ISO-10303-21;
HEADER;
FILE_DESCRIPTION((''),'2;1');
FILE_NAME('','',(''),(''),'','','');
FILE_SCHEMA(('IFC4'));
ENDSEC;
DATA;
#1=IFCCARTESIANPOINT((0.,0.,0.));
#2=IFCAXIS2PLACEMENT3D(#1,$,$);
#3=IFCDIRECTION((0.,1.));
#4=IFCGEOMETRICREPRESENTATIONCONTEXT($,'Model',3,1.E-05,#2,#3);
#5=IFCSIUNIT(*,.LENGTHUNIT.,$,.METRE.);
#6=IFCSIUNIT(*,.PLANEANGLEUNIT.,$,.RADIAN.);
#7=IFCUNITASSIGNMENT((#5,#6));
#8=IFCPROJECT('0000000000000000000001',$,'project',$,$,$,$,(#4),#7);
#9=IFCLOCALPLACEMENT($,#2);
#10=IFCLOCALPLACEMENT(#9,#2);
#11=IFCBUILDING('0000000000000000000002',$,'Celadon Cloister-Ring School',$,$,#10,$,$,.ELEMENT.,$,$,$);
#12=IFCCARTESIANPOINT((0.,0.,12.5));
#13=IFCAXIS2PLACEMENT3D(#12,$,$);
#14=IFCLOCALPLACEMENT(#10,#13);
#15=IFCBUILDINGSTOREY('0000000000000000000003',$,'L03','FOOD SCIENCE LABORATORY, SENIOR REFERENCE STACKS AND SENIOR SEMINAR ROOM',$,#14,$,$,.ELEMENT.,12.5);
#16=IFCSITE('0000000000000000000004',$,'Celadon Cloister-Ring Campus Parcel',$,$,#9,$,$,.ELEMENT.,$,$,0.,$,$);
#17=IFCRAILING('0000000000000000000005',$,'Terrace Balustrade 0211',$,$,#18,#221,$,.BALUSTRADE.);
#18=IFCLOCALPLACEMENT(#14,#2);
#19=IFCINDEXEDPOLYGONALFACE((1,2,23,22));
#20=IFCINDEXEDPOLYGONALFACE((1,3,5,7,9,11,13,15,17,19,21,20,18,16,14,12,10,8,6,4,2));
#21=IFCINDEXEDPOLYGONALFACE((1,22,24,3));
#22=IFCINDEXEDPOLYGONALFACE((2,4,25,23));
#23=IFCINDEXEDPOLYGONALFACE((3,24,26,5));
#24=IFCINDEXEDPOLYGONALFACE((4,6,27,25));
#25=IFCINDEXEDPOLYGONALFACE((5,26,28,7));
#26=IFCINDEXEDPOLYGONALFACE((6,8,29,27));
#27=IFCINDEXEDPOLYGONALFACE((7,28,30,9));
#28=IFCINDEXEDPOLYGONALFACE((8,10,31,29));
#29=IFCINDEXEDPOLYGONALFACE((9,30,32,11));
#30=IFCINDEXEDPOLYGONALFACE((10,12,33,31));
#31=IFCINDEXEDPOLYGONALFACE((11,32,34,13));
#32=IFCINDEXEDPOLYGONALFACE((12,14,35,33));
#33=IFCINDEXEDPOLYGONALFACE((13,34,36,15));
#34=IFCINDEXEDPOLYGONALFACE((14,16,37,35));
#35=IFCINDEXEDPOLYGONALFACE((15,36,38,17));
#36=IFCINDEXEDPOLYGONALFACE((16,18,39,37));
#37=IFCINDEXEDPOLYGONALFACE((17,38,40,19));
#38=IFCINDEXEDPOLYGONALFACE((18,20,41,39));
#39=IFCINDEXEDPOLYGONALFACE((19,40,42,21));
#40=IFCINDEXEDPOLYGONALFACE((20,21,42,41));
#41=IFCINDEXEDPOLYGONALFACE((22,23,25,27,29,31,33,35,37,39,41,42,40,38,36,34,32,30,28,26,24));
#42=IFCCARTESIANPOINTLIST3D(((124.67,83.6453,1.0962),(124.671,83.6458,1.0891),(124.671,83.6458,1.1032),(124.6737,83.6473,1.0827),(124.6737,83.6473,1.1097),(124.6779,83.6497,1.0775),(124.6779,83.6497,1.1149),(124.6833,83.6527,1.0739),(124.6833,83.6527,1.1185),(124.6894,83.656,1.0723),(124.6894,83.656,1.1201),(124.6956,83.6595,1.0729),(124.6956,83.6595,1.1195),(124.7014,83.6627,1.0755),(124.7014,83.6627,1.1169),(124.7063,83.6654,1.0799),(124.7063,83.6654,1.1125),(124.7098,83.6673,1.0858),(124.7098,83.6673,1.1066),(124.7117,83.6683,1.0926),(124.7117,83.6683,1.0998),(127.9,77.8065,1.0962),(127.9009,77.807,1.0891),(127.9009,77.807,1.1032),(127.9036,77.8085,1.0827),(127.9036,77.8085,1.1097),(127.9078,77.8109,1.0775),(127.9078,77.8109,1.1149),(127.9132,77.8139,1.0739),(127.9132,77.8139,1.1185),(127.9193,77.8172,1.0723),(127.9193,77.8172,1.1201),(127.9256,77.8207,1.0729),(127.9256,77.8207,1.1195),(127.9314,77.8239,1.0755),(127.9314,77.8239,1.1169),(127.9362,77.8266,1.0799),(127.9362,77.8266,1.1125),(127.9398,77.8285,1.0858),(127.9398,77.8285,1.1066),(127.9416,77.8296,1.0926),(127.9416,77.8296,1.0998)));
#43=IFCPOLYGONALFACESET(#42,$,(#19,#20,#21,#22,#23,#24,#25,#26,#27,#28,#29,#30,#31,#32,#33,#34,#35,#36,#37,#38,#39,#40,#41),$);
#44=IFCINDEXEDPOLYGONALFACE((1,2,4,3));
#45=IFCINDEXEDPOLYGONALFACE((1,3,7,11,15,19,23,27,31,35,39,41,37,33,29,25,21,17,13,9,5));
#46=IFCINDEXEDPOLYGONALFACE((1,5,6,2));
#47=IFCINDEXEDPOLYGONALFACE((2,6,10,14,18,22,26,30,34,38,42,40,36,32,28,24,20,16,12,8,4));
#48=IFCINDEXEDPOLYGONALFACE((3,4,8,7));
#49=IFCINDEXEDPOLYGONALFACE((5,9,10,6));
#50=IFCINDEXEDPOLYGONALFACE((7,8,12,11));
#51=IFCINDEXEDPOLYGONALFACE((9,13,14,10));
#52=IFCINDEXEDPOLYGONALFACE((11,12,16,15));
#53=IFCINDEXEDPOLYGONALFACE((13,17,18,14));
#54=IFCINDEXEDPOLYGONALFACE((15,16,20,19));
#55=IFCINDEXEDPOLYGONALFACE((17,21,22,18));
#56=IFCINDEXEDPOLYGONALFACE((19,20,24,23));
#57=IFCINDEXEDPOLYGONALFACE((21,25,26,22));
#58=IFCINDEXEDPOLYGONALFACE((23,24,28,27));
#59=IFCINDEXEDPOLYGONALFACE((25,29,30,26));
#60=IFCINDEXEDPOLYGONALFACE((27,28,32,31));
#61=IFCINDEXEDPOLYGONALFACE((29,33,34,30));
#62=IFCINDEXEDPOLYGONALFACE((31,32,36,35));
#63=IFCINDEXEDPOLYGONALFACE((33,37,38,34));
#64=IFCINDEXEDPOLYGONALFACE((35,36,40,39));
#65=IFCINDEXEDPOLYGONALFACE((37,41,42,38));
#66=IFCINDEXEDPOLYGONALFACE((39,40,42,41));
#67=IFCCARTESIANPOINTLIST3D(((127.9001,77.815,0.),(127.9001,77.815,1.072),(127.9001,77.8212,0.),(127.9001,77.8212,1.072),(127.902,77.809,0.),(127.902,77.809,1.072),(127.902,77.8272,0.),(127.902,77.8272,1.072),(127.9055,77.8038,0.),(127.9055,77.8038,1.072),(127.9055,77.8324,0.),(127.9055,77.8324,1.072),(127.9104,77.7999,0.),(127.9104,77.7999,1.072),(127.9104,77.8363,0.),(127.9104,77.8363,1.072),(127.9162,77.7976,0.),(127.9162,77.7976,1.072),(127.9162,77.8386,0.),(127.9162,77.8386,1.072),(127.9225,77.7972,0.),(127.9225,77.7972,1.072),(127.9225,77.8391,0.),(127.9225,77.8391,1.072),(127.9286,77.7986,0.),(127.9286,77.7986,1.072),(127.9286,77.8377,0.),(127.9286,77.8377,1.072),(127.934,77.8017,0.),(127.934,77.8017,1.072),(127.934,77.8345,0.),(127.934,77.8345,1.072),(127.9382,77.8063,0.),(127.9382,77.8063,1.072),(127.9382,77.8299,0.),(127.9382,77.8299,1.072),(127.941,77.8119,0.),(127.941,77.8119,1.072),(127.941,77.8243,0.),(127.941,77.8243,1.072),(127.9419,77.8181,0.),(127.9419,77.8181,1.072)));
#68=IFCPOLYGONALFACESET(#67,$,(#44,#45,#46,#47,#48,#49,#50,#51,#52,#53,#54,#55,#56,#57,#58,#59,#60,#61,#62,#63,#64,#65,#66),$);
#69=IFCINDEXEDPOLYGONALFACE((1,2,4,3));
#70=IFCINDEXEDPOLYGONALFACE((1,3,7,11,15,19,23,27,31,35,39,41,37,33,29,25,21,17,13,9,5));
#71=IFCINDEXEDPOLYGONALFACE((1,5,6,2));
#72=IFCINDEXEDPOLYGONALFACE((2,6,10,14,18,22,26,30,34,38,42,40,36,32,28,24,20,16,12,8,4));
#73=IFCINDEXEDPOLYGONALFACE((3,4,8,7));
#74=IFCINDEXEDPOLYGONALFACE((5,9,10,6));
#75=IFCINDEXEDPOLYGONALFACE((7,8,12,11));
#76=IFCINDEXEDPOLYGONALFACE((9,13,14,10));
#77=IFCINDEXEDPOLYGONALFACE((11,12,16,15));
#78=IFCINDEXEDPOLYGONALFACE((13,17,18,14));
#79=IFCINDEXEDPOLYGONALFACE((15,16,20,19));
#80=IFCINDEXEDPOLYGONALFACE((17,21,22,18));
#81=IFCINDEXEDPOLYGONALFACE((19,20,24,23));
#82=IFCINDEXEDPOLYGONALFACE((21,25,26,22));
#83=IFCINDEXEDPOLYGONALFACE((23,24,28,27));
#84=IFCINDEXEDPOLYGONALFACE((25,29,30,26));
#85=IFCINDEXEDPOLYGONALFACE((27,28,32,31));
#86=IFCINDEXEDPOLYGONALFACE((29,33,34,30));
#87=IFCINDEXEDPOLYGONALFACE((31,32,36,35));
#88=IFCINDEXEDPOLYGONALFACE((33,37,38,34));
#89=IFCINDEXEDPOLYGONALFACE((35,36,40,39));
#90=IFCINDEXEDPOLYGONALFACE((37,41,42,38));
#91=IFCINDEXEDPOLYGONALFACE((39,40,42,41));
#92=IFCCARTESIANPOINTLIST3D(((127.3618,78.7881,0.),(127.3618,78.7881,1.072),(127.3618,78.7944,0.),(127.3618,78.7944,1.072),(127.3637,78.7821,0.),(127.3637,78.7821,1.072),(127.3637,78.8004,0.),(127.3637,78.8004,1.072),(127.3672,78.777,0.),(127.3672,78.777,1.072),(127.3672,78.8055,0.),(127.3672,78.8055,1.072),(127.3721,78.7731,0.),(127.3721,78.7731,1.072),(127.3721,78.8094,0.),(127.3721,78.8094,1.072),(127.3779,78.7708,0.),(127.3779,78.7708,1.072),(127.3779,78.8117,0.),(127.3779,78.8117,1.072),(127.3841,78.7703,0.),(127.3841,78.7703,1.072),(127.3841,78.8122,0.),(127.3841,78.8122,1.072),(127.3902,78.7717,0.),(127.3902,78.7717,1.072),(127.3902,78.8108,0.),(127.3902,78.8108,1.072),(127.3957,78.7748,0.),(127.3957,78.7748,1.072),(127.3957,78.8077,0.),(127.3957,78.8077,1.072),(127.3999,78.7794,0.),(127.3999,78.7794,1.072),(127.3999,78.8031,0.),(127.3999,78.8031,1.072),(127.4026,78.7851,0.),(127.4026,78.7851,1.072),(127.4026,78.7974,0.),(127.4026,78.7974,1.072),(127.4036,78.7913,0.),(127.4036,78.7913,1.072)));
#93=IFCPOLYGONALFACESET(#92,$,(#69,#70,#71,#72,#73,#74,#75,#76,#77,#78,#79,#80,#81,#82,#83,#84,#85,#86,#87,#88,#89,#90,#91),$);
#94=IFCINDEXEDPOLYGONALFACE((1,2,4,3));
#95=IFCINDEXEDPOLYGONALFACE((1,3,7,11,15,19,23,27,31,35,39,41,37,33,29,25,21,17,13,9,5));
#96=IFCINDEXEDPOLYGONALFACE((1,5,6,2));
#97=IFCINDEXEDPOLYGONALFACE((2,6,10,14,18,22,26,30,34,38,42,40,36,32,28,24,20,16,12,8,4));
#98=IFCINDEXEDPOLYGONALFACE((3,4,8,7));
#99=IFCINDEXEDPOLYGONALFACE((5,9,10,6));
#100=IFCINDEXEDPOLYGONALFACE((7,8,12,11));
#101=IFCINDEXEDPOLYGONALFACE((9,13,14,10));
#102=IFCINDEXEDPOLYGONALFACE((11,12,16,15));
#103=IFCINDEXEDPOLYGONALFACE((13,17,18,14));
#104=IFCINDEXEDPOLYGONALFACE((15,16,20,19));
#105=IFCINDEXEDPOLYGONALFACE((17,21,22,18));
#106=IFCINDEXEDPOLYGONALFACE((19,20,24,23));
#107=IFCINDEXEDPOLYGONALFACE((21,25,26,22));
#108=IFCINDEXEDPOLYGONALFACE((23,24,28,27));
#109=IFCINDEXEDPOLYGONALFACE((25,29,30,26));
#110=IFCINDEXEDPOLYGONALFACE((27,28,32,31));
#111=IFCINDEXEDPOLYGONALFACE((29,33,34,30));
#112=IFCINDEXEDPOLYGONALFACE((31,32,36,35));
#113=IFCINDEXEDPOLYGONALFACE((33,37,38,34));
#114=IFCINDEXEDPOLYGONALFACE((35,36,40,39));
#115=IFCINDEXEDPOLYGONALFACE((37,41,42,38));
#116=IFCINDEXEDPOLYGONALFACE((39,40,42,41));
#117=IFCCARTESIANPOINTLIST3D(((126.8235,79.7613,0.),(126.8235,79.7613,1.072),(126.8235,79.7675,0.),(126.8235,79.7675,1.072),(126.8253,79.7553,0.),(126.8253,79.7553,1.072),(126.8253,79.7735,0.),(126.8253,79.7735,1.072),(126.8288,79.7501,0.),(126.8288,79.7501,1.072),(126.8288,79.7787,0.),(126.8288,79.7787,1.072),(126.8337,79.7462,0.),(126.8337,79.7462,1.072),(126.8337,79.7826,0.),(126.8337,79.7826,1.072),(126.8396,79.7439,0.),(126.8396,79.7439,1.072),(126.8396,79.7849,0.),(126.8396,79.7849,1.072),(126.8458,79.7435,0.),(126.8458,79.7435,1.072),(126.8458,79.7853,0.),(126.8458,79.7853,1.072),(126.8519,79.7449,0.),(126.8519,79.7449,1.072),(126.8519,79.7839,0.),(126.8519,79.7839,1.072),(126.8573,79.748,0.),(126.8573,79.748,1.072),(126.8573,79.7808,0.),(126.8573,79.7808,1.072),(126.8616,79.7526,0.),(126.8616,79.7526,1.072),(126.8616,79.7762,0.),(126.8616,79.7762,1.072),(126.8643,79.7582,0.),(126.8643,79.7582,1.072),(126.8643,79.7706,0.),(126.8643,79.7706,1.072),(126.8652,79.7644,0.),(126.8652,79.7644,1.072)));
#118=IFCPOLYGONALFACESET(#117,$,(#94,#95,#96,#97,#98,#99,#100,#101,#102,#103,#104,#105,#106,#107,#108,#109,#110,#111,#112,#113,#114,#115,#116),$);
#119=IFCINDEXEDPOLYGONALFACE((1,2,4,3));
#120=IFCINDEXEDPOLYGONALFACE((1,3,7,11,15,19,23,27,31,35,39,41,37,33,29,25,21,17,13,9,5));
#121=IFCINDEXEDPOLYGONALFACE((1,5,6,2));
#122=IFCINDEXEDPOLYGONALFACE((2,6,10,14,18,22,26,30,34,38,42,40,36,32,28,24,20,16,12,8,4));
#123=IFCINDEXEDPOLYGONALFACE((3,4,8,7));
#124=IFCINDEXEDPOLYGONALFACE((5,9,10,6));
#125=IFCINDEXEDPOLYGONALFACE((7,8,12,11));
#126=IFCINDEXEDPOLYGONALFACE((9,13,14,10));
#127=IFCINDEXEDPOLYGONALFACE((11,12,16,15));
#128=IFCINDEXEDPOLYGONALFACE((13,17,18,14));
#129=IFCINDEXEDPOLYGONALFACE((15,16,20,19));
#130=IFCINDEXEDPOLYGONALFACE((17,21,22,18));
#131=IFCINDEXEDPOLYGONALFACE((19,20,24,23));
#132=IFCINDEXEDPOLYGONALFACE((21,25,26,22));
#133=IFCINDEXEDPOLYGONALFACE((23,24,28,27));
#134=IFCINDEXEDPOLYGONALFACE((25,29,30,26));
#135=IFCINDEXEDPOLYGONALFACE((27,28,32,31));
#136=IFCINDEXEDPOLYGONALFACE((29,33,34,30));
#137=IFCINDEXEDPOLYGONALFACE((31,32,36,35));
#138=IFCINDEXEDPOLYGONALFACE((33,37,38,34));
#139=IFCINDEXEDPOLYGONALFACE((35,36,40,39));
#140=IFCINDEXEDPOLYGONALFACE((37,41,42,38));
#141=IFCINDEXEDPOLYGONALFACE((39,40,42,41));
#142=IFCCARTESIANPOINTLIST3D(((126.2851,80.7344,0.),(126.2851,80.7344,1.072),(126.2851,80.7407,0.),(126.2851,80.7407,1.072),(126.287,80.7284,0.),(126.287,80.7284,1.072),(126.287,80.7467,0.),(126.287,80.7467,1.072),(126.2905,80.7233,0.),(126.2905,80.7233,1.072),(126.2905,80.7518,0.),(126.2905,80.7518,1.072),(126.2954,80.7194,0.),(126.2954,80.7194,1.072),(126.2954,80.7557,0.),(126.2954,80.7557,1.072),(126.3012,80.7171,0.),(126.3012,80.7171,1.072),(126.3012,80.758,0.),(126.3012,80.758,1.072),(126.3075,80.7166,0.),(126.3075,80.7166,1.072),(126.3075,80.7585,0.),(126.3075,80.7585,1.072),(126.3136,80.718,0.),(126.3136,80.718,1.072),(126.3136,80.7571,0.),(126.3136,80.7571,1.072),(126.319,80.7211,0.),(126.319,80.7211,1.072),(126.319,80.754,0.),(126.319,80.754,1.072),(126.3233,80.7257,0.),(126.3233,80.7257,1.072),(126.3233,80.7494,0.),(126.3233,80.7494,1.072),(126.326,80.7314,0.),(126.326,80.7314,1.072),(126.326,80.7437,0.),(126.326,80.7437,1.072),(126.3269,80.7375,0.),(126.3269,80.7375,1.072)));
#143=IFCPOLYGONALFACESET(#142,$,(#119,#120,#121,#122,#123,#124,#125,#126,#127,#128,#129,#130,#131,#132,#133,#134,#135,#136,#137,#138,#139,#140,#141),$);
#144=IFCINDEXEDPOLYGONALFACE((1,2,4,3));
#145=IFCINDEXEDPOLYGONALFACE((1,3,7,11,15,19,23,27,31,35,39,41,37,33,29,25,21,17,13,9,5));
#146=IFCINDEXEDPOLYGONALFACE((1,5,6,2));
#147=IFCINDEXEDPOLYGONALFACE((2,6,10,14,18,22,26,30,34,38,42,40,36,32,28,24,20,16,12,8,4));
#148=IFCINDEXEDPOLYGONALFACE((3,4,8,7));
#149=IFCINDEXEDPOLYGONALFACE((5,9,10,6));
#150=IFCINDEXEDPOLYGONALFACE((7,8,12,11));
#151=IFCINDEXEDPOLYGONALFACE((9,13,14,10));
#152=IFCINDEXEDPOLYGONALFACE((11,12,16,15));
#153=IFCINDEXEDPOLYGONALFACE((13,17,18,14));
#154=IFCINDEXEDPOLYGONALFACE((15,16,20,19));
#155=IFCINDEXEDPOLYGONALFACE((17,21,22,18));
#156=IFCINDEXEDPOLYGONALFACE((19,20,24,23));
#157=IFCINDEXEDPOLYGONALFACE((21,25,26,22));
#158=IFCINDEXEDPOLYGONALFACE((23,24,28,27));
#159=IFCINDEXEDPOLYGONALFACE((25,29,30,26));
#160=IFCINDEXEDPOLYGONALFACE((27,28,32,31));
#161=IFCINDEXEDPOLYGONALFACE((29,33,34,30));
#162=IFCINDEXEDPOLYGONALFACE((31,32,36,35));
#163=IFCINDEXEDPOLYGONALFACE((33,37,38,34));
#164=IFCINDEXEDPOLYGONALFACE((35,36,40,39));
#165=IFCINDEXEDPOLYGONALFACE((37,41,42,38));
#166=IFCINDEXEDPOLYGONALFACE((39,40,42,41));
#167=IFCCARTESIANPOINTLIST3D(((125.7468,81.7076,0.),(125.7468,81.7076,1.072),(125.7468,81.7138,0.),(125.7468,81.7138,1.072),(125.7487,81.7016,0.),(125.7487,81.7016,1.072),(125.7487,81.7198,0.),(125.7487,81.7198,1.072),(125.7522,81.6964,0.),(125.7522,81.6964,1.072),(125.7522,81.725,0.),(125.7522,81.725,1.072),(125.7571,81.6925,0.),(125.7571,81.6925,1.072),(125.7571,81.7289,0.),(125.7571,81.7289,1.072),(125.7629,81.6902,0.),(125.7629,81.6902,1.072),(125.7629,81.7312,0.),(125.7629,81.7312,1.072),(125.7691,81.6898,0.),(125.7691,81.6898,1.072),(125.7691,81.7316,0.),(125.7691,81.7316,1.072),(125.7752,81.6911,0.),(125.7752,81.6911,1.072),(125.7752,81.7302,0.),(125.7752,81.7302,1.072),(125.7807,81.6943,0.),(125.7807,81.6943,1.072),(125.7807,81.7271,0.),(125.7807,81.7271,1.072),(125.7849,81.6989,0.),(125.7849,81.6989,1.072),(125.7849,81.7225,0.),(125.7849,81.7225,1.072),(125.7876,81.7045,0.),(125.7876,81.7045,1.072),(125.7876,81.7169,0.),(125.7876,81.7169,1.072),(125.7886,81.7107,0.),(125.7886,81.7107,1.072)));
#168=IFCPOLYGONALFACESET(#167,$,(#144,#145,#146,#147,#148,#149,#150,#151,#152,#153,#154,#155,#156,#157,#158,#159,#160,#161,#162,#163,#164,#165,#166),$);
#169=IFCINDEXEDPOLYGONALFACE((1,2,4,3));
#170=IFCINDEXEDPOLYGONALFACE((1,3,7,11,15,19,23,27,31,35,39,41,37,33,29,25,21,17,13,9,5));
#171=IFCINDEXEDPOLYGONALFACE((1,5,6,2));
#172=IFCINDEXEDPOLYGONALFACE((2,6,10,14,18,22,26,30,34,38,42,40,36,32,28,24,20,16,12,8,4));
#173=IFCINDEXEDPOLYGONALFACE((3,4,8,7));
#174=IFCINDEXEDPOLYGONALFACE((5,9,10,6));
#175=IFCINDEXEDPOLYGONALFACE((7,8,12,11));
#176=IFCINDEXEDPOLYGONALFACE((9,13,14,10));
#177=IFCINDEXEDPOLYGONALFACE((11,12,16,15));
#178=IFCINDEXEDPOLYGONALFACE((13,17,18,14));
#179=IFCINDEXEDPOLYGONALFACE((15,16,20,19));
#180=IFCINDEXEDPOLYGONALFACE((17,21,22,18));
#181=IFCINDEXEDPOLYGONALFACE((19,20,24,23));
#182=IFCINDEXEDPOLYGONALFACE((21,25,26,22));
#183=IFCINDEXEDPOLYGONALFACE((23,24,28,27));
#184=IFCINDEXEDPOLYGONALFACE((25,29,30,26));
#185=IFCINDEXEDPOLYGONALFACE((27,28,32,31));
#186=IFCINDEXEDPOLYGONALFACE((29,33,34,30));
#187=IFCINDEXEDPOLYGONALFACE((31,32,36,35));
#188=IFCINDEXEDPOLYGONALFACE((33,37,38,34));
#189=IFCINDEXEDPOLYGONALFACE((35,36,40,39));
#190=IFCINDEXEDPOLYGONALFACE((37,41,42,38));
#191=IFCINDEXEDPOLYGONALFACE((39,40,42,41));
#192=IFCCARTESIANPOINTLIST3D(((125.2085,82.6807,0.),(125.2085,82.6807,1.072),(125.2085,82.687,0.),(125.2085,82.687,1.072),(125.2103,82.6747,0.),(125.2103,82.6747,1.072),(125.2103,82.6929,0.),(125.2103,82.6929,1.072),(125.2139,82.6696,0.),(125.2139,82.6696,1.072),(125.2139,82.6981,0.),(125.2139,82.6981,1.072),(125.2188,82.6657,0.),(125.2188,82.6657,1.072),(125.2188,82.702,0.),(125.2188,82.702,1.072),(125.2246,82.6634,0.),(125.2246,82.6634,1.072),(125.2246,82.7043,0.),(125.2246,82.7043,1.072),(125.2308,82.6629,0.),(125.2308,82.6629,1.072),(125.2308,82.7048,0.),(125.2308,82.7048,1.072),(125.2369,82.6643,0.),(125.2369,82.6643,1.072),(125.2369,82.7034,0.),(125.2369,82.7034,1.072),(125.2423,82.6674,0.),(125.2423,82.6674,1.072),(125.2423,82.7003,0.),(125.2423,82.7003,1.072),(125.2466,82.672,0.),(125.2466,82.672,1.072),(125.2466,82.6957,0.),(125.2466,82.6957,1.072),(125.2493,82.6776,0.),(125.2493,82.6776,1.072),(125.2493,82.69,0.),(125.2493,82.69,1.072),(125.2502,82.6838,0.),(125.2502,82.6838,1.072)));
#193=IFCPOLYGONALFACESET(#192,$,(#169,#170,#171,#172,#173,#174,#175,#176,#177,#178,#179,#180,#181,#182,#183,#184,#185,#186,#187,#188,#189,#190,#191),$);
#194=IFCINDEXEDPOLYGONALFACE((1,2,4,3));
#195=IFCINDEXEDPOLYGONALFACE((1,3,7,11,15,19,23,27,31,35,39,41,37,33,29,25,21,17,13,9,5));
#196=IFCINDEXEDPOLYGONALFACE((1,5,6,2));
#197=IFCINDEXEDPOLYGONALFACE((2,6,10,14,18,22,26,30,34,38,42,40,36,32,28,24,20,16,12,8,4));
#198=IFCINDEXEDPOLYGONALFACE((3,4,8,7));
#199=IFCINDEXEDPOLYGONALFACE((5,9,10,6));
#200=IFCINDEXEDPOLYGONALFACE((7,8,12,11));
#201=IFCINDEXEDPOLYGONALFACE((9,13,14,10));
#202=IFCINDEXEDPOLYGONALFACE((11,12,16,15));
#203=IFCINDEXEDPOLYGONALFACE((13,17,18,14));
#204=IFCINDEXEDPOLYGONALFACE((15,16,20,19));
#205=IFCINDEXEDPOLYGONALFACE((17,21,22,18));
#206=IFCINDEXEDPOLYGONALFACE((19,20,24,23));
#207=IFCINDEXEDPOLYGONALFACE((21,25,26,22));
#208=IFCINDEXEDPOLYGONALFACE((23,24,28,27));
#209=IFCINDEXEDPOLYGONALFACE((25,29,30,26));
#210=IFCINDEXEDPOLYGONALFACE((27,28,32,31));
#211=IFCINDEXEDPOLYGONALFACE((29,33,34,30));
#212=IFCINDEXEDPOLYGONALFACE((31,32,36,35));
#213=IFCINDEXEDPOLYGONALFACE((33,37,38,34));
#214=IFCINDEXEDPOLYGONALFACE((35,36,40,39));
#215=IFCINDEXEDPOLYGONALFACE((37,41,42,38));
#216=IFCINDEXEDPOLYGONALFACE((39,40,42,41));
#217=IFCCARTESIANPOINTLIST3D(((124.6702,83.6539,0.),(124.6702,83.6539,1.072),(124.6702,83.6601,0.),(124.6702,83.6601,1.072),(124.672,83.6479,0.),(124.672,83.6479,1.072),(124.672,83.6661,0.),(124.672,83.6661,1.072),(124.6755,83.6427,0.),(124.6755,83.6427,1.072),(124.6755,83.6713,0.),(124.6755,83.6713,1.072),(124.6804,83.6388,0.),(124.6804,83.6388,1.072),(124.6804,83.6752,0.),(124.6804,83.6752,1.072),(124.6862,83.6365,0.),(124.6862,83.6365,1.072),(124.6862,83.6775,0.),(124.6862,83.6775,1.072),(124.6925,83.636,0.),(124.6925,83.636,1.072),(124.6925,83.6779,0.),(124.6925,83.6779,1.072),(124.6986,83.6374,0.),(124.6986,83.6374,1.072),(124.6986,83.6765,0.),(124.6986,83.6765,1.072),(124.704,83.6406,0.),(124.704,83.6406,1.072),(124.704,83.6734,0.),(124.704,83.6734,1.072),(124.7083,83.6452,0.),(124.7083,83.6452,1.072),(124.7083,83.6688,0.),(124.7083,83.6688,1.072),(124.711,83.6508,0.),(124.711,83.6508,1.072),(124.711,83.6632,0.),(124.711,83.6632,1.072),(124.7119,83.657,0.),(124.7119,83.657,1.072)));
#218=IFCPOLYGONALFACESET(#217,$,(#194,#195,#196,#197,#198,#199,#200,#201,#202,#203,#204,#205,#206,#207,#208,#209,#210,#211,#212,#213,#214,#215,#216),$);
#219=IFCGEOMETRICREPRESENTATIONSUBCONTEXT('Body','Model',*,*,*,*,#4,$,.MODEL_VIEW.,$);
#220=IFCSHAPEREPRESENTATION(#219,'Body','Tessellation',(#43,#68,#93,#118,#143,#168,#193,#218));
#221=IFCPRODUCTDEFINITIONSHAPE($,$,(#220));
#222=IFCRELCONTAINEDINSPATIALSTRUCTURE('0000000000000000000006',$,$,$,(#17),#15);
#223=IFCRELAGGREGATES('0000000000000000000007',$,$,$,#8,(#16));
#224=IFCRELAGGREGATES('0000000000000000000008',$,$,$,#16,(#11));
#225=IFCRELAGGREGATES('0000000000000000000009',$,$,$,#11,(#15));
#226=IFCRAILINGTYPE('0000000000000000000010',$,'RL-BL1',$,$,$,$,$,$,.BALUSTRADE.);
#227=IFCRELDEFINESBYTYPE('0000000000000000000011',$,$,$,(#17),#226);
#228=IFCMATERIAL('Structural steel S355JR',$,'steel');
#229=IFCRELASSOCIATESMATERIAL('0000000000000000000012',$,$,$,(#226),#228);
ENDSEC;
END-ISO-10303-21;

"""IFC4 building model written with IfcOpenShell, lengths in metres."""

from ifc_helpers import new_model, si_unit, direction, frame, origin, origin_2d, place, context, subcontext, project, spatial, circle, extrude, material, type_object, element, save


model = new_model("IFC4")

# Units and contexts
model_context = context("Model", 3, precision=1e-05, world=origin(), true_north=direction((0.0, 1.0)))
body_context = subcontext(model_context, "Body", "Model", "MODEL_VIEW")
ifc_project = project(units=[si_unit("LENGTHUNIT", "METRE"), si_unit("PLANEANGLEUNIT", "RADIAN")], contexts=[model_context])

# Site, building, storey
site_placement = place(None, origin())
site = spatial("IfcSite", under=ifc_project, at=site_placement, Name="Celadon Cloister-Ring Campus Parcel", CompositionType="ELEMENT", RefElevation=0.0)
building_placement = place(site_placement, origin())
building = spatial("IfcBuilding", under=site, at=building_placement, Name="Celadon Cloister-Ring School", CompositionType="ELEMENT")
storey_placement = place(building_placement, frame((0.0, 0.0, 12.5)))
storey = spatial("IfcBuildingStorey", under=building, at=storey_placement, Name="L03", Description="FOOD SCIENCE LABORATORY, SENIOR REFERENCE STACKS AND SENIOR SEMINAR ROOM", CompositionType="ELEMENT", Elevation=12.5)

# Railing
ifc_material_1 = material(Name="Structural steel S355JR", Category="steel")
railing_type = type_object("IfcRailingType", Name="RL-BL1", PredefinedType="BALUSTRADE", material=ifc_material_1)
railing_placement = place(storey_placement, frame((127.9209, 77.8181, 0.0)))
element("IfcRailing", 1, at=railing_placement, inside=storey, type_object=railing_type, Name="Terrace Balustrade 0211", PredefinedType="BALUSTRADE", context=body_context, shape_type="SweptSolid", body=[
    extrude(circle(Radius=0.0239, at=origin_2d()), frame((0.0, 0.0, 1.0962), z_axis=(-0.484058, 0.875036, 0.0), x_axis=(-0.875036, -0.484058, 0.0)), (0.0, 0.0, 1.0), 6.6726),
    extrude(circle(Radius=0.021, at=origin_2d()), origin(), (0.0, 0.0, 1.0), 1.072),
    extrude(circle(Radius=0.021, at=origin_2d()), frame((-0.5383, 0.9731, 0.0)), (0.0, 0.0, 1.0), 1.072),
    extrude(circle(Radius=0.021, at=origin_2d()), frame((-1.0767, 1.9463, 0.0)), (0.0, 0.0, 1.0), 1.072),
    extrude(circle(Radius=0.021, at=origin_2d()), frame((-1.615, 2.9194, 0.0)), (0.0, 0.0, 1.0), 1.072),
    extrude(circle(Radius=0.021, at=origin_2d()), frame((-2.1533, 3.8926, 0.0)), (0.0, 0.0, 1.0), 1.072),
    extrude(circle(Radius=0.021, at=origin_2d()), frame((-2.6917, 4.8657, 0.0)), (0.0, 0.0, 1.0), 1.072),
    extrude(circle(Radius=0.021, at=origin_2d()), frame((-3.23, 5.8389, 0.0)), (0.0, 0.0, 1.0), 1.072),
])

save(model, "model.ifc")
